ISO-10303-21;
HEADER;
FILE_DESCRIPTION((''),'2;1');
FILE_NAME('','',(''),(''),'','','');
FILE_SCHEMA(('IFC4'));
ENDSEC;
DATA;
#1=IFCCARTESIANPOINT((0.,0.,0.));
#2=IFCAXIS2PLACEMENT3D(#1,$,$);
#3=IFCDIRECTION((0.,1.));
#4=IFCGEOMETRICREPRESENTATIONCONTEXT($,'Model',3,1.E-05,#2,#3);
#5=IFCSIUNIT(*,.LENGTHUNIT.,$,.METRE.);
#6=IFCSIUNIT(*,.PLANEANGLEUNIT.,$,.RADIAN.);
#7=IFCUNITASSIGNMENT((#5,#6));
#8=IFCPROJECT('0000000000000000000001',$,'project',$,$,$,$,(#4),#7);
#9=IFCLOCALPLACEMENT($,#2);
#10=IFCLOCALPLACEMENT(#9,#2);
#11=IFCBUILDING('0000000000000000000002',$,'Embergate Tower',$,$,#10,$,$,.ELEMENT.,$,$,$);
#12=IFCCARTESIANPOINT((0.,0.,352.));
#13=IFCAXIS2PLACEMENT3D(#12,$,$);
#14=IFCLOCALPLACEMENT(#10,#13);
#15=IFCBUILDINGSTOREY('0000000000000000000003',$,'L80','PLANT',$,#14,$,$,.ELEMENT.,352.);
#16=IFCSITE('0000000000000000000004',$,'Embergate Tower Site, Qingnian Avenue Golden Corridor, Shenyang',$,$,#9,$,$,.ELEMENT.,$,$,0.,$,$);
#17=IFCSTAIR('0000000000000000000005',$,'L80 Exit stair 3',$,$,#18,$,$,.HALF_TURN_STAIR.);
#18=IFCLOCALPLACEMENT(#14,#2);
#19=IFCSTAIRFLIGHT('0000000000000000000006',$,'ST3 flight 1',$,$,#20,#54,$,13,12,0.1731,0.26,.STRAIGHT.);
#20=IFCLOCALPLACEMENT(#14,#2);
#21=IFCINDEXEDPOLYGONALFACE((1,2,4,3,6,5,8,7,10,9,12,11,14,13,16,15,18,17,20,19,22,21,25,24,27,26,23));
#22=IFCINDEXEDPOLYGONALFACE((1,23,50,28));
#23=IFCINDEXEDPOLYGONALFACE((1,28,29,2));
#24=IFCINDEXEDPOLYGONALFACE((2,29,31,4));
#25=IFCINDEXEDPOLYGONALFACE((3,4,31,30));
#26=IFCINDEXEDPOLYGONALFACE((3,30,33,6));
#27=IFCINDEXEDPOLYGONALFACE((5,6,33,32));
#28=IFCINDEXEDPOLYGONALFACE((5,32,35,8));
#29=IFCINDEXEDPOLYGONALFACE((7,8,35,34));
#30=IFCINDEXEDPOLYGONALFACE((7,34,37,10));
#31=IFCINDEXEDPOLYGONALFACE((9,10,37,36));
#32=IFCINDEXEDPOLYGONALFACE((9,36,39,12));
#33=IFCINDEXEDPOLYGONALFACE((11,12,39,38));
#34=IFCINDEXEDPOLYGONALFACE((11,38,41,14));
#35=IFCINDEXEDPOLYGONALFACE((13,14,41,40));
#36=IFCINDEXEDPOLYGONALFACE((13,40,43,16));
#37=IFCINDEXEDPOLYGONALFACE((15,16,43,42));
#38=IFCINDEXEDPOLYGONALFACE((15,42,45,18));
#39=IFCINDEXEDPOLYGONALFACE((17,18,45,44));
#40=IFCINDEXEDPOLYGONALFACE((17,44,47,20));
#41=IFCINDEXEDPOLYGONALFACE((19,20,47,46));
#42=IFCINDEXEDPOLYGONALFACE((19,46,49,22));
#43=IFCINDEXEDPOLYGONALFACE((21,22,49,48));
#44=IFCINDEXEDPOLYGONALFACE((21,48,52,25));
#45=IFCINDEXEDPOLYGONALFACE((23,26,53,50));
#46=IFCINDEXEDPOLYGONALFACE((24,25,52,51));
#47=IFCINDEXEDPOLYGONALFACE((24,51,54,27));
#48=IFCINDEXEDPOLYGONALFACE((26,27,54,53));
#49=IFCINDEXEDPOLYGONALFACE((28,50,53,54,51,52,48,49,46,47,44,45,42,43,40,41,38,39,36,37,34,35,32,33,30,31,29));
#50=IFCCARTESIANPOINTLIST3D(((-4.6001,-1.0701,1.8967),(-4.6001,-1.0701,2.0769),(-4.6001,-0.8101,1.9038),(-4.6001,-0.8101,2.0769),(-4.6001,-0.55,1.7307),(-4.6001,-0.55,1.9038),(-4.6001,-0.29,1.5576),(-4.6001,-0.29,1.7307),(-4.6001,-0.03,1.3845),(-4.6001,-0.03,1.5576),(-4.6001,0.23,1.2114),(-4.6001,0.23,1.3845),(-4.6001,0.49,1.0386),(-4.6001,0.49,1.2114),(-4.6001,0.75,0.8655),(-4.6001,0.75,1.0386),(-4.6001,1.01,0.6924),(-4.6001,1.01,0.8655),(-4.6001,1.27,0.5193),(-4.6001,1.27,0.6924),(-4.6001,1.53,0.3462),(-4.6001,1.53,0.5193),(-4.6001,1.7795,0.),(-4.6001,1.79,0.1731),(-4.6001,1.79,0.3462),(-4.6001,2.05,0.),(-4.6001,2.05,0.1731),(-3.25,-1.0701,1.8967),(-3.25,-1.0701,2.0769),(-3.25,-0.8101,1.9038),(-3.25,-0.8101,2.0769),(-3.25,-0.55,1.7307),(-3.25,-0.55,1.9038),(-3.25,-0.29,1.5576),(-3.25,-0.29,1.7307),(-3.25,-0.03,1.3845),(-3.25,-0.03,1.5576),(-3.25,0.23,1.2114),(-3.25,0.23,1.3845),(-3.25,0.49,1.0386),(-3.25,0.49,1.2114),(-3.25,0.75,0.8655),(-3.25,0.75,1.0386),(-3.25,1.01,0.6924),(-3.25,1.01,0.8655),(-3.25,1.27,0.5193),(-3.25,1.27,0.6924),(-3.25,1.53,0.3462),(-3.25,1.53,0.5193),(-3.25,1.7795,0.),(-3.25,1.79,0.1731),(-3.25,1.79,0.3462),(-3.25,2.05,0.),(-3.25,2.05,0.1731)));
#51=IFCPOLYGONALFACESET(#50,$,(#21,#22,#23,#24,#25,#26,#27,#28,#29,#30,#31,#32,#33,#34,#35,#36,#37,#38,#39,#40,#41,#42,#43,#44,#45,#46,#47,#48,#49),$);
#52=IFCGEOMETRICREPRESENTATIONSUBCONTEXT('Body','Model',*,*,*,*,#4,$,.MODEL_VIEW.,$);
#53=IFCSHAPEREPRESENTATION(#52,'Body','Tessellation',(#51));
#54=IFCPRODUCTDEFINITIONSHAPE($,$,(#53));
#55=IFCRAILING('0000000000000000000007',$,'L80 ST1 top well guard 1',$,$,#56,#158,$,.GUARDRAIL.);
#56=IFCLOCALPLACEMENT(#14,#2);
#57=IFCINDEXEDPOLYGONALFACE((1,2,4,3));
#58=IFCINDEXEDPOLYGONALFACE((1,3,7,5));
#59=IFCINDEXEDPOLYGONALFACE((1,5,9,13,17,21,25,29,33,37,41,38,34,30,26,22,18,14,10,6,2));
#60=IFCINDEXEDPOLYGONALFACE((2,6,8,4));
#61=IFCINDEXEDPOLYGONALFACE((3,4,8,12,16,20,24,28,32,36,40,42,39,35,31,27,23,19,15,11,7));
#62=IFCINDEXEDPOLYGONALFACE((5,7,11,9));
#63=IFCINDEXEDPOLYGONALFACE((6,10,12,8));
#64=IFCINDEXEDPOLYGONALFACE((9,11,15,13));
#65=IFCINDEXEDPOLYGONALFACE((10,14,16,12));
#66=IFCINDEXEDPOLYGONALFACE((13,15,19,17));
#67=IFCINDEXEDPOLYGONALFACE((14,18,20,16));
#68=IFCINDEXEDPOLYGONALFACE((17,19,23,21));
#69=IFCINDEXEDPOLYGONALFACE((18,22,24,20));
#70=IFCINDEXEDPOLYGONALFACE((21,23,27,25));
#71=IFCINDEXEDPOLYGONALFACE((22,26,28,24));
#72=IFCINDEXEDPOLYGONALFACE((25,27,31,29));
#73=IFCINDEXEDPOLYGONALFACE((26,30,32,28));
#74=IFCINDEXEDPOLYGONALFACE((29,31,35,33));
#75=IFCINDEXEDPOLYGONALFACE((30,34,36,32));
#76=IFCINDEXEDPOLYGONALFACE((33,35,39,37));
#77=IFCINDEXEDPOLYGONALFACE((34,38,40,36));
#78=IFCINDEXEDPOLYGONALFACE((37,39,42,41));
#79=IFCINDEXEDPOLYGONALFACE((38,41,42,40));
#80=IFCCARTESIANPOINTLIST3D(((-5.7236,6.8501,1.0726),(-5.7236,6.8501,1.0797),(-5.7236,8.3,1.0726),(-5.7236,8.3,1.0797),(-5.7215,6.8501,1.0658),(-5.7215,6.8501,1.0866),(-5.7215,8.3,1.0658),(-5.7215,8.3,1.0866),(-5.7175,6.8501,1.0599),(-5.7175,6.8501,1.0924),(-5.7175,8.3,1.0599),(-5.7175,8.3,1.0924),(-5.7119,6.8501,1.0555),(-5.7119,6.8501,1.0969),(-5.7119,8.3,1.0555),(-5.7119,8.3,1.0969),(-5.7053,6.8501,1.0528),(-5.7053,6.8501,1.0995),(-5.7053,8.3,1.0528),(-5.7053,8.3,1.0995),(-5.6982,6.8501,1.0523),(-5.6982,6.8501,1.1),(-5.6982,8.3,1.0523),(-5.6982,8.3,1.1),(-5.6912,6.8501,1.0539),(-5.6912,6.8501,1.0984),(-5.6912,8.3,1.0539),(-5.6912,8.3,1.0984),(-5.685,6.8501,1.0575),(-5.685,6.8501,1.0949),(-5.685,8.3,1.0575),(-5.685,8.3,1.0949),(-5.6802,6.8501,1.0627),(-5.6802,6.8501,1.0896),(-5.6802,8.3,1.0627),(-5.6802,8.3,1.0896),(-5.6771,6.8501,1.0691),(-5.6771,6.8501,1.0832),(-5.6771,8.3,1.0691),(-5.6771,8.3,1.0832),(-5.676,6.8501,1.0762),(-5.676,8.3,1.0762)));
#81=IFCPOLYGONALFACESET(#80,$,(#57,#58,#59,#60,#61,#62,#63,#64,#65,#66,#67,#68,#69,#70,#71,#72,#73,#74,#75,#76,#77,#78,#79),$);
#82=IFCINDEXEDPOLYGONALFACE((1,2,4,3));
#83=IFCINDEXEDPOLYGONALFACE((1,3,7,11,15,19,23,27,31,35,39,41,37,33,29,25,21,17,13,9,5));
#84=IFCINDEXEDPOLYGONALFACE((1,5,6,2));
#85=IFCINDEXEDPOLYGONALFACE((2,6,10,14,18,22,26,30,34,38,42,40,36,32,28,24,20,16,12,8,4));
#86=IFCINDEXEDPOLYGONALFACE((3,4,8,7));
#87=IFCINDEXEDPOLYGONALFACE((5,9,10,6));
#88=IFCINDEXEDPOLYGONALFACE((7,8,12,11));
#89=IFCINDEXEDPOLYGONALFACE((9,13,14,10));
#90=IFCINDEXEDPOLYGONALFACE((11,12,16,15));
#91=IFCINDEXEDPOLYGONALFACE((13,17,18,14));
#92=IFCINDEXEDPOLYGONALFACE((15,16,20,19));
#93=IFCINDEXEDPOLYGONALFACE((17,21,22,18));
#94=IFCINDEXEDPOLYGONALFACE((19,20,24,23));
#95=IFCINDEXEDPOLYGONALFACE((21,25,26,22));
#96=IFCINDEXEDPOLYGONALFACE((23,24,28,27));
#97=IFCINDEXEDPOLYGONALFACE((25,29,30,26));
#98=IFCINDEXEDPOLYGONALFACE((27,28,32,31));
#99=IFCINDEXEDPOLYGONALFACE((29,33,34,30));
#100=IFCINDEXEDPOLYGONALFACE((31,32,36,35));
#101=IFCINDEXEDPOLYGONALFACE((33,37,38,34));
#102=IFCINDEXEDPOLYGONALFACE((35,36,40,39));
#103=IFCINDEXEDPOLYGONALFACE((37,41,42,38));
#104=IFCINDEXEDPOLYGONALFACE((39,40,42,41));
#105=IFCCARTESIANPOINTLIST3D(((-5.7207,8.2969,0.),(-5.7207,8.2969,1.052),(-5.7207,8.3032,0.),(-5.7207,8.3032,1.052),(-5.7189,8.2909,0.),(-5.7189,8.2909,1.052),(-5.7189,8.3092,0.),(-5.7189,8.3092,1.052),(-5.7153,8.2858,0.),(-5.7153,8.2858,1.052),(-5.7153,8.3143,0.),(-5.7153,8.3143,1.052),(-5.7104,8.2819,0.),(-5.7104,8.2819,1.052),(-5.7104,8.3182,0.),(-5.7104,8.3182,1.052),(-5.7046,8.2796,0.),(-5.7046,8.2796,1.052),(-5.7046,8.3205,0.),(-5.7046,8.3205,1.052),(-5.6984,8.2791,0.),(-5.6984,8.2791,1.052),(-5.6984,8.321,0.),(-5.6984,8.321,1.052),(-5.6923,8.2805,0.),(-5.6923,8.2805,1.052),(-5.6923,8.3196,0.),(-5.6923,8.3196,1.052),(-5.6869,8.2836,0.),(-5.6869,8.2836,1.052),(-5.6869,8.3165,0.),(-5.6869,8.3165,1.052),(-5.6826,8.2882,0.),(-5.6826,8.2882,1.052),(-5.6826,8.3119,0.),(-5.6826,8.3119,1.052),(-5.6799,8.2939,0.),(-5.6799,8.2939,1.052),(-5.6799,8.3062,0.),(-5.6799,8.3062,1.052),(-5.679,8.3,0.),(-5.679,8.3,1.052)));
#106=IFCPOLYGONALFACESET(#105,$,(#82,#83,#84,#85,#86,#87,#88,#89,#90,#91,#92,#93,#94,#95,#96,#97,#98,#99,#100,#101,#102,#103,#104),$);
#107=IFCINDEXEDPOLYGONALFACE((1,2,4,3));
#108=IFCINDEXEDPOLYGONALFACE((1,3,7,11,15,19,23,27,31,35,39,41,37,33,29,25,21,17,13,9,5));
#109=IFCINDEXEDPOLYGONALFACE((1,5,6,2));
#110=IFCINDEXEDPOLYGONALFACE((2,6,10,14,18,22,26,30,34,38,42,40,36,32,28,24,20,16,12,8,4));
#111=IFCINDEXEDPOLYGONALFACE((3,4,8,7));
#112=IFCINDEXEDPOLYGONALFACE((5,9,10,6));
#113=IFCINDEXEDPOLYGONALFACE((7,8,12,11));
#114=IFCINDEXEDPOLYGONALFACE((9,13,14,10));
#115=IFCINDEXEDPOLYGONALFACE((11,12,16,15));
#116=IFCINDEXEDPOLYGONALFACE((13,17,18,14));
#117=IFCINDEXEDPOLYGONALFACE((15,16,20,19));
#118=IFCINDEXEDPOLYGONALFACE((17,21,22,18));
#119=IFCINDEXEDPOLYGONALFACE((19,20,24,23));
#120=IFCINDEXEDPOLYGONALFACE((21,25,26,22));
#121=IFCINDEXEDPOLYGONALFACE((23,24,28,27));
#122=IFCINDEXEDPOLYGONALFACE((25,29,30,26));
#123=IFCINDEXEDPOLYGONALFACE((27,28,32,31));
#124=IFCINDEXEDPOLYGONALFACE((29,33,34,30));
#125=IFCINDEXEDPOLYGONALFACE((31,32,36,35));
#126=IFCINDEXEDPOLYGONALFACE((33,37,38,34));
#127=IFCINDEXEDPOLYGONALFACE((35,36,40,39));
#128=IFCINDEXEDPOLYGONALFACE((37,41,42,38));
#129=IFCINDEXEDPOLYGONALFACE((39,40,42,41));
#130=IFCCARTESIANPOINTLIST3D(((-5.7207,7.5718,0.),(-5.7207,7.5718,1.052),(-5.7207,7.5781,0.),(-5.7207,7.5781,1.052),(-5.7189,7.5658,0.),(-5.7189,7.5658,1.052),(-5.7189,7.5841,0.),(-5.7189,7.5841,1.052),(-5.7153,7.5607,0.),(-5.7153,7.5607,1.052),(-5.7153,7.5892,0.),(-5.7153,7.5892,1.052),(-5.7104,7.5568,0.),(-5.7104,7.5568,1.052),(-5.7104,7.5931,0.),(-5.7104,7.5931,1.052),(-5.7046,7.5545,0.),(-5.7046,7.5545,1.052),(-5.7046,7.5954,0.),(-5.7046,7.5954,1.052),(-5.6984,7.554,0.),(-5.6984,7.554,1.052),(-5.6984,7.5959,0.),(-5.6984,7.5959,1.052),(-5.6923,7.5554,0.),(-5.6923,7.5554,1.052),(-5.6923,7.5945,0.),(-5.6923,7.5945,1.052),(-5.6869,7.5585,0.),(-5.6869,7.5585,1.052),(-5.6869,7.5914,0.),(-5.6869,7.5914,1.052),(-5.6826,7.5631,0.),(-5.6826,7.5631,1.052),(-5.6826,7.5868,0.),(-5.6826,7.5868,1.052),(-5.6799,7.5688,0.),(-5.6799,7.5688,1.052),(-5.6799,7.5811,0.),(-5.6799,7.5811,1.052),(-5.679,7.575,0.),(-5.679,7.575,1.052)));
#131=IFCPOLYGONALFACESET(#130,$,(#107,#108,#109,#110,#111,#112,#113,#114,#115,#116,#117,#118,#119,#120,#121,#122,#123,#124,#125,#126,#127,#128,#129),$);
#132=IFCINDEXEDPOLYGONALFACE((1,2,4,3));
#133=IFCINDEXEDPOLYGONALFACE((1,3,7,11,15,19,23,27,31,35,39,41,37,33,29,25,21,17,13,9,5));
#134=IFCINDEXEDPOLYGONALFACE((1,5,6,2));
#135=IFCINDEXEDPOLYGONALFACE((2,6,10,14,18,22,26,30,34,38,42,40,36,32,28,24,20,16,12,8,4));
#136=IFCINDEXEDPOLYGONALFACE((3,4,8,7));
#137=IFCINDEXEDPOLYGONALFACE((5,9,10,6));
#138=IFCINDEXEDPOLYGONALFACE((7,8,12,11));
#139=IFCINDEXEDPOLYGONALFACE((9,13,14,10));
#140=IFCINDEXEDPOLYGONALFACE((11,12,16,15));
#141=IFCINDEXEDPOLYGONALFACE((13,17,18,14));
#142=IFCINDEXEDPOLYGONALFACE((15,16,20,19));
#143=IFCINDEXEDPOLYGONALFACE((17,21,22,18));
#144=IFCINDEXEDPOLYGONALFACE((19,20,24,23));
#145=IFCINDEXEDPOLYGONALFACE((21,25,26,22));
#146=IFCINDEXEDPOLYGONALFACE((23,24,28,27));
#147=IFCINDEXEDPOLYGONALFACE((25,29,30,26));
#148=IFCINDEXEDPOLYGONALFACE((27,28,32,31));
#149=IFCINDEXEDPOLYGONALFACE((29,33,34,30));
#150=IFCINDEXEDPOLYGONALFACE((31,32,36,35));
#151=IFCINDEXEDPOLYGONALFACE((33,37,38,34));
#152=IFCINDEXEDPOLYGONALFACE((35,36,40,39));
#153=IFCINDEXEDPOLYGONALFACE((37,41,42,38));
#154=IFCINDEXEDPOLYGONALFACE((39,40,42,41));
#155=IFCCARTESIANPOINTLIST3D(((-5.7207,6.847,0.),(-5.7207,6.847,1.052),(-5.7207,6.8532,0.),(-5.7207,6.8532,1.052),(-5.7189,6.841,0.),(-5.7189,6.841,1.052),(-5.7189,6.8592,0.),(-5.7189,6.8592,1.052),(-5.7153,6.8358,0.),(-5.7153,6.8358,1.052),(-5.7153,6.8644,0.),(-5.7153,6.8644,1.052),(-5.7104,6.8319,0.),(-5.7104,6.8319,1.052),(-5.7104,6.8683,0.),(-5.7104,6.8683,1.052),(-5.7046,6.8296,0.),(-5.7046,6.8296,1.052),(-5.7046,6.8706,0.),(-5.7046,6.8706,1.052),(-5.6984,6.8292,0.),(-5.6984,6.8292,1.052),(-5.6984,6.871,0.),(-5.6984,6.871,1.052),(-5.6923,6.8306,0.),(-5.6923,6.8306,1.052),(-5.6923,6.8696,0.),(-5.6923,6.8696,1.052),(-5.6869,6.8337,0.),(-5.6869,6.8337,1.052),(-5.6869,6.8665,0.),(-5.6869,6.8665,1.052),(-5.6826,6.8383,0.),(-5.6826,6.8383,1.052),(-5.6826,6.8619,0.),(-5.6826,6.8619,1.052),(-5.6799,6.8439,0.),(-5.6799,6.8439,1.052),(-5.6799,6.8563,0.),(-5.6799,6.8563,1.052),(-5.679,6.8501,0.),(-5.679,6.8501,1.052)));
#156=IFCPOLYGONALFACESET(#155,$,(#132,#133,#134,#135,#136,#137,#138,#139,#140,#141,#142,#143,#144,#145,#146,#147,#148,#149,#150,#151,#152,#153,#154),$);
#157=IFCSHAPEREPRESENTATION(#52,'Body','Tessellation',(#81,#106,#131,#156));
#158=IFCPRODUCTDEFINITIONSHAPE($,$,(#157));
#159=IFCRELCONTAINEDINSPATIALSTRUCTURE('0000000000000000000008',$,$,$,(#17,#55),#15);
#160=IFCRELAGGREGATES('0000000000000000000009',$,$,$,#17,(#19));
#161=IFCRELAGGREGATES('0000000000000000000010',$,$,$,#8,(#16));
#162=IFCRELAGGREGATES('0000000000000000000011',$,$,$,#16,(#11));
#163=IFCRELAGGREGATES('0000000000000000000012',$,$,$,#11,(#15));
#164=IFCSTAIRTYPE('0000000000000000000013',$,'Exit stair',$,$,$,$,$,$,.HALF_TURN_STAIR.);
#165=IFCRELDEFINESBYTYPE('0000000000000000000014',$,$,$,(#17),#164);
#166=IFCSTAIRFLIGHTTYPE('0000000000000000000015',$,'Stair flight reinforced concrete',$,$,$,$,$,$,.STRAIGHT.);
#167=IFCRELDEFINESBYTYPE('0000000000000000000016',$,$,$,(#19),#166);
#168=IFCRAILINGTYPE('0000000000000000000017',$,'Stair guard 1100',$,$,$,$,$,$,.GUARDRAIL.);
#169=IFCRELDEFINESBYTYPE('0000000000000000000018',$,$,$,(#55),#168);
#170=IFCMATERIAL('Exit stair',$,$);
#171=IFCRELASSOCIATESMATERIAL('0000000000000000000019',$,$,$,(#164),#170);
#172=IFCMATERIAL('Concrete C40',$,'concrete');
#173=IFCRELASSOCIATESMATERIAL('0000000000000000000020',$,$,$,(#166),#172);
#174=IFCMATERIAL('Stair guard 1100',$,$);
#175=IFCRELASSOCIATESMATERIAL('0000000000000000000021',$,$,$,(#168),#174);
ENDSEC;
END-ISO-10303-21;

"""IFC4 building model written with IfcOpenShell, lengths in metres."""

from ifc_helpers import new_model, si_unit, direction, frame, origin, origin_2d, place, context, subcontext, project, spatial, polyline, circle, outline, extrude, source, transform, mapped, material, type_object, element, aggregate, save


model = new_model("IFC4")

# Units and contexts
model_context = context("Model", 3, precision=1e-05, world=origin(), true_north=direction((0.0, 1.0)))
body_context = subcontext(model_context, "Body", "Model", "MODEL_VIEW")
ifc_project = project(units=[si_unit("LENGTHUNIT", "METRE"), si_unit("PLANEANGLEUNIT", "RADIAN")], contexts=[model_context])

# Site, building, storey
site_placement = place(None, origin())
site = spatial("IfcSite", under=ifc_project, at=site_placement, Name="Embergate Tower Site, Qingnian Avenue Golden Corridor, Shenyang", CompositionType="ELEMENT", RefElevation=0.0)
building_placement = place(site_placement, origin())
building = spatial("IfcBuilding", under=site, at=building_placement, Name="Embergate Tower", CompositionType="ELEMENT")
storey_placement = place(building_placement, frame((0.0, 0.0, 352.0)))
storey = spatial("IfcBuildingStorey", under=building, at=storey_placement, Name="L80", Description="PLANT", CompositionType="ELEMENT", Elevation=352.0)

# Stair, stair flight
ifc_material_1 = material(Name="Exit stair")
stair_type = type_object("IfcStairType", Name="Exit stair", PredefinedType="HALF_TURN_STAIR", material=ifc_material_1)
stair_placement = place(storey_placement, origin())
stair = element("IfcStair", 1, at=stair_placement, inside=storey, type_object=stair_type, Name="L80 Exit stair 3", PredefinedType="HALF_TURN_STAIR")
ifc_material_2 = material(Name="Concrete C40", Category="concrete")
stair_flight_type = type_object("IfcStairFlightType", Name="Stair flight reinforced concrete", PredefinedType="STRAIGHT", material=ifc_material_2)
shared_shape_1 = source(origin(), body_context, "Body", "SweptSolid", [
    extrude(outline(polyline([(0.0, 0.0), (0.0, 0.1731), (0.26, 0.1731), (0.26, 0.3462), (0.52, 0.3462), (0.52, 0.5193), (0.78, 0.5193), (0.78, 0.6924), (1.04, 0.6924), (1.04, 0.8655), (1.3, 0.8655), (1.3, 1.0386), (1.5601, 1.0386), (1.5601, 1.2114), (1.8201, 1.2114), (1.8201, 1.3845), (2.0801, 1.3845), (2.0801, 1.5576), (2.3401, 1.5576), (2.3401, 1.7307), (2.6001, 1.7307), (2.6001, 1.9038), (2.8601, 1.9038), (2.8601, 2.0769), (3.1201, 2.0769), (3.1201, 2.25), (3.1201, 1.8967), (0.2705, 0.0), (0.0, 0.0)])), frame((0.0, 0.675, 0.0), z_axis=(0.0, -1.0, 0.0), x_axis=(1.0, 0.0, 0.0)), (0.0, 0.0, 1.0), 1.3501),
])
stair_flight_placement = place(storey_placement, frame((-3.925, 2.05, 0.0), z_axis=(0.0, 0.0, 1.0), x_axis=(0.0, -1.0, 0.0)))
stair_flight = element("IfcStairFlight", 2, at=stair_flight_placement, type_object=stair_flight_type, Name="ST3 flight 1", NumberOfRisers=13, NumberOfTreads=12, PredefinedType="STRAIGHT", RiserHeight=0.1731, TreadLength=0.26, context=body_context, shape_type="MappedRepresentation", body=[
    mapped(shared_shape_1, transform((0.0, 0.0, 0.0))),
])
aggregate(stair, [stair_flight])

# Railing
ifc_material_3 = material(Name="Stair guard 1100")
railing_type_1 = type_object("IfcRailingType", Name="Stair guard 1100", PredefinedType="GUARDRAIL", material=ifc_material_3)
shared_shape_2 = source(origin(), body_context, "Body", "SweptSolid", [
    extrude(circle(Radius=0.0239, at=origin_2d()), frame((0.0, 0.0, 1.0762), z_axis=(0.0, -1.0, 0.0), x_axis=(1.0, 0.0, 0.0)), (0.0, 0.0, 1.0), 1.45),
    extrude(circle(Radius=0.021, at=origin_2d()), origin(), (0.0, 0.0, 1.0), 1.052),
    extrude(circle(Radius=0.021, at=origin_2d()), frame((0.0, -0.7251, 0.0)), (0.0, 0.0, 1.0), 1.052),
    extrude(circle(Radius=0.021, at=origin_2d()), frame((0.0, -1.45, 0.0)), (0.0, 0.0, 1.0), 1.052),
])
railing_1_placement = place(storey_placement, frame((-5.7, 8.3, 0.0)))
element("IfcRailing", 3, at=railing_1_placement, inside=storey, type_object=railing_type_1, Name="L80 ST1 top well guard 1", PredefinedType="GUARDRAIL", context=body_context, shape_type="MappedRepresentation", body=[
    mapped(shared_shape_2, transform((0.0, 0.0, 0.0))),
])

save(model, "model.ifc")
